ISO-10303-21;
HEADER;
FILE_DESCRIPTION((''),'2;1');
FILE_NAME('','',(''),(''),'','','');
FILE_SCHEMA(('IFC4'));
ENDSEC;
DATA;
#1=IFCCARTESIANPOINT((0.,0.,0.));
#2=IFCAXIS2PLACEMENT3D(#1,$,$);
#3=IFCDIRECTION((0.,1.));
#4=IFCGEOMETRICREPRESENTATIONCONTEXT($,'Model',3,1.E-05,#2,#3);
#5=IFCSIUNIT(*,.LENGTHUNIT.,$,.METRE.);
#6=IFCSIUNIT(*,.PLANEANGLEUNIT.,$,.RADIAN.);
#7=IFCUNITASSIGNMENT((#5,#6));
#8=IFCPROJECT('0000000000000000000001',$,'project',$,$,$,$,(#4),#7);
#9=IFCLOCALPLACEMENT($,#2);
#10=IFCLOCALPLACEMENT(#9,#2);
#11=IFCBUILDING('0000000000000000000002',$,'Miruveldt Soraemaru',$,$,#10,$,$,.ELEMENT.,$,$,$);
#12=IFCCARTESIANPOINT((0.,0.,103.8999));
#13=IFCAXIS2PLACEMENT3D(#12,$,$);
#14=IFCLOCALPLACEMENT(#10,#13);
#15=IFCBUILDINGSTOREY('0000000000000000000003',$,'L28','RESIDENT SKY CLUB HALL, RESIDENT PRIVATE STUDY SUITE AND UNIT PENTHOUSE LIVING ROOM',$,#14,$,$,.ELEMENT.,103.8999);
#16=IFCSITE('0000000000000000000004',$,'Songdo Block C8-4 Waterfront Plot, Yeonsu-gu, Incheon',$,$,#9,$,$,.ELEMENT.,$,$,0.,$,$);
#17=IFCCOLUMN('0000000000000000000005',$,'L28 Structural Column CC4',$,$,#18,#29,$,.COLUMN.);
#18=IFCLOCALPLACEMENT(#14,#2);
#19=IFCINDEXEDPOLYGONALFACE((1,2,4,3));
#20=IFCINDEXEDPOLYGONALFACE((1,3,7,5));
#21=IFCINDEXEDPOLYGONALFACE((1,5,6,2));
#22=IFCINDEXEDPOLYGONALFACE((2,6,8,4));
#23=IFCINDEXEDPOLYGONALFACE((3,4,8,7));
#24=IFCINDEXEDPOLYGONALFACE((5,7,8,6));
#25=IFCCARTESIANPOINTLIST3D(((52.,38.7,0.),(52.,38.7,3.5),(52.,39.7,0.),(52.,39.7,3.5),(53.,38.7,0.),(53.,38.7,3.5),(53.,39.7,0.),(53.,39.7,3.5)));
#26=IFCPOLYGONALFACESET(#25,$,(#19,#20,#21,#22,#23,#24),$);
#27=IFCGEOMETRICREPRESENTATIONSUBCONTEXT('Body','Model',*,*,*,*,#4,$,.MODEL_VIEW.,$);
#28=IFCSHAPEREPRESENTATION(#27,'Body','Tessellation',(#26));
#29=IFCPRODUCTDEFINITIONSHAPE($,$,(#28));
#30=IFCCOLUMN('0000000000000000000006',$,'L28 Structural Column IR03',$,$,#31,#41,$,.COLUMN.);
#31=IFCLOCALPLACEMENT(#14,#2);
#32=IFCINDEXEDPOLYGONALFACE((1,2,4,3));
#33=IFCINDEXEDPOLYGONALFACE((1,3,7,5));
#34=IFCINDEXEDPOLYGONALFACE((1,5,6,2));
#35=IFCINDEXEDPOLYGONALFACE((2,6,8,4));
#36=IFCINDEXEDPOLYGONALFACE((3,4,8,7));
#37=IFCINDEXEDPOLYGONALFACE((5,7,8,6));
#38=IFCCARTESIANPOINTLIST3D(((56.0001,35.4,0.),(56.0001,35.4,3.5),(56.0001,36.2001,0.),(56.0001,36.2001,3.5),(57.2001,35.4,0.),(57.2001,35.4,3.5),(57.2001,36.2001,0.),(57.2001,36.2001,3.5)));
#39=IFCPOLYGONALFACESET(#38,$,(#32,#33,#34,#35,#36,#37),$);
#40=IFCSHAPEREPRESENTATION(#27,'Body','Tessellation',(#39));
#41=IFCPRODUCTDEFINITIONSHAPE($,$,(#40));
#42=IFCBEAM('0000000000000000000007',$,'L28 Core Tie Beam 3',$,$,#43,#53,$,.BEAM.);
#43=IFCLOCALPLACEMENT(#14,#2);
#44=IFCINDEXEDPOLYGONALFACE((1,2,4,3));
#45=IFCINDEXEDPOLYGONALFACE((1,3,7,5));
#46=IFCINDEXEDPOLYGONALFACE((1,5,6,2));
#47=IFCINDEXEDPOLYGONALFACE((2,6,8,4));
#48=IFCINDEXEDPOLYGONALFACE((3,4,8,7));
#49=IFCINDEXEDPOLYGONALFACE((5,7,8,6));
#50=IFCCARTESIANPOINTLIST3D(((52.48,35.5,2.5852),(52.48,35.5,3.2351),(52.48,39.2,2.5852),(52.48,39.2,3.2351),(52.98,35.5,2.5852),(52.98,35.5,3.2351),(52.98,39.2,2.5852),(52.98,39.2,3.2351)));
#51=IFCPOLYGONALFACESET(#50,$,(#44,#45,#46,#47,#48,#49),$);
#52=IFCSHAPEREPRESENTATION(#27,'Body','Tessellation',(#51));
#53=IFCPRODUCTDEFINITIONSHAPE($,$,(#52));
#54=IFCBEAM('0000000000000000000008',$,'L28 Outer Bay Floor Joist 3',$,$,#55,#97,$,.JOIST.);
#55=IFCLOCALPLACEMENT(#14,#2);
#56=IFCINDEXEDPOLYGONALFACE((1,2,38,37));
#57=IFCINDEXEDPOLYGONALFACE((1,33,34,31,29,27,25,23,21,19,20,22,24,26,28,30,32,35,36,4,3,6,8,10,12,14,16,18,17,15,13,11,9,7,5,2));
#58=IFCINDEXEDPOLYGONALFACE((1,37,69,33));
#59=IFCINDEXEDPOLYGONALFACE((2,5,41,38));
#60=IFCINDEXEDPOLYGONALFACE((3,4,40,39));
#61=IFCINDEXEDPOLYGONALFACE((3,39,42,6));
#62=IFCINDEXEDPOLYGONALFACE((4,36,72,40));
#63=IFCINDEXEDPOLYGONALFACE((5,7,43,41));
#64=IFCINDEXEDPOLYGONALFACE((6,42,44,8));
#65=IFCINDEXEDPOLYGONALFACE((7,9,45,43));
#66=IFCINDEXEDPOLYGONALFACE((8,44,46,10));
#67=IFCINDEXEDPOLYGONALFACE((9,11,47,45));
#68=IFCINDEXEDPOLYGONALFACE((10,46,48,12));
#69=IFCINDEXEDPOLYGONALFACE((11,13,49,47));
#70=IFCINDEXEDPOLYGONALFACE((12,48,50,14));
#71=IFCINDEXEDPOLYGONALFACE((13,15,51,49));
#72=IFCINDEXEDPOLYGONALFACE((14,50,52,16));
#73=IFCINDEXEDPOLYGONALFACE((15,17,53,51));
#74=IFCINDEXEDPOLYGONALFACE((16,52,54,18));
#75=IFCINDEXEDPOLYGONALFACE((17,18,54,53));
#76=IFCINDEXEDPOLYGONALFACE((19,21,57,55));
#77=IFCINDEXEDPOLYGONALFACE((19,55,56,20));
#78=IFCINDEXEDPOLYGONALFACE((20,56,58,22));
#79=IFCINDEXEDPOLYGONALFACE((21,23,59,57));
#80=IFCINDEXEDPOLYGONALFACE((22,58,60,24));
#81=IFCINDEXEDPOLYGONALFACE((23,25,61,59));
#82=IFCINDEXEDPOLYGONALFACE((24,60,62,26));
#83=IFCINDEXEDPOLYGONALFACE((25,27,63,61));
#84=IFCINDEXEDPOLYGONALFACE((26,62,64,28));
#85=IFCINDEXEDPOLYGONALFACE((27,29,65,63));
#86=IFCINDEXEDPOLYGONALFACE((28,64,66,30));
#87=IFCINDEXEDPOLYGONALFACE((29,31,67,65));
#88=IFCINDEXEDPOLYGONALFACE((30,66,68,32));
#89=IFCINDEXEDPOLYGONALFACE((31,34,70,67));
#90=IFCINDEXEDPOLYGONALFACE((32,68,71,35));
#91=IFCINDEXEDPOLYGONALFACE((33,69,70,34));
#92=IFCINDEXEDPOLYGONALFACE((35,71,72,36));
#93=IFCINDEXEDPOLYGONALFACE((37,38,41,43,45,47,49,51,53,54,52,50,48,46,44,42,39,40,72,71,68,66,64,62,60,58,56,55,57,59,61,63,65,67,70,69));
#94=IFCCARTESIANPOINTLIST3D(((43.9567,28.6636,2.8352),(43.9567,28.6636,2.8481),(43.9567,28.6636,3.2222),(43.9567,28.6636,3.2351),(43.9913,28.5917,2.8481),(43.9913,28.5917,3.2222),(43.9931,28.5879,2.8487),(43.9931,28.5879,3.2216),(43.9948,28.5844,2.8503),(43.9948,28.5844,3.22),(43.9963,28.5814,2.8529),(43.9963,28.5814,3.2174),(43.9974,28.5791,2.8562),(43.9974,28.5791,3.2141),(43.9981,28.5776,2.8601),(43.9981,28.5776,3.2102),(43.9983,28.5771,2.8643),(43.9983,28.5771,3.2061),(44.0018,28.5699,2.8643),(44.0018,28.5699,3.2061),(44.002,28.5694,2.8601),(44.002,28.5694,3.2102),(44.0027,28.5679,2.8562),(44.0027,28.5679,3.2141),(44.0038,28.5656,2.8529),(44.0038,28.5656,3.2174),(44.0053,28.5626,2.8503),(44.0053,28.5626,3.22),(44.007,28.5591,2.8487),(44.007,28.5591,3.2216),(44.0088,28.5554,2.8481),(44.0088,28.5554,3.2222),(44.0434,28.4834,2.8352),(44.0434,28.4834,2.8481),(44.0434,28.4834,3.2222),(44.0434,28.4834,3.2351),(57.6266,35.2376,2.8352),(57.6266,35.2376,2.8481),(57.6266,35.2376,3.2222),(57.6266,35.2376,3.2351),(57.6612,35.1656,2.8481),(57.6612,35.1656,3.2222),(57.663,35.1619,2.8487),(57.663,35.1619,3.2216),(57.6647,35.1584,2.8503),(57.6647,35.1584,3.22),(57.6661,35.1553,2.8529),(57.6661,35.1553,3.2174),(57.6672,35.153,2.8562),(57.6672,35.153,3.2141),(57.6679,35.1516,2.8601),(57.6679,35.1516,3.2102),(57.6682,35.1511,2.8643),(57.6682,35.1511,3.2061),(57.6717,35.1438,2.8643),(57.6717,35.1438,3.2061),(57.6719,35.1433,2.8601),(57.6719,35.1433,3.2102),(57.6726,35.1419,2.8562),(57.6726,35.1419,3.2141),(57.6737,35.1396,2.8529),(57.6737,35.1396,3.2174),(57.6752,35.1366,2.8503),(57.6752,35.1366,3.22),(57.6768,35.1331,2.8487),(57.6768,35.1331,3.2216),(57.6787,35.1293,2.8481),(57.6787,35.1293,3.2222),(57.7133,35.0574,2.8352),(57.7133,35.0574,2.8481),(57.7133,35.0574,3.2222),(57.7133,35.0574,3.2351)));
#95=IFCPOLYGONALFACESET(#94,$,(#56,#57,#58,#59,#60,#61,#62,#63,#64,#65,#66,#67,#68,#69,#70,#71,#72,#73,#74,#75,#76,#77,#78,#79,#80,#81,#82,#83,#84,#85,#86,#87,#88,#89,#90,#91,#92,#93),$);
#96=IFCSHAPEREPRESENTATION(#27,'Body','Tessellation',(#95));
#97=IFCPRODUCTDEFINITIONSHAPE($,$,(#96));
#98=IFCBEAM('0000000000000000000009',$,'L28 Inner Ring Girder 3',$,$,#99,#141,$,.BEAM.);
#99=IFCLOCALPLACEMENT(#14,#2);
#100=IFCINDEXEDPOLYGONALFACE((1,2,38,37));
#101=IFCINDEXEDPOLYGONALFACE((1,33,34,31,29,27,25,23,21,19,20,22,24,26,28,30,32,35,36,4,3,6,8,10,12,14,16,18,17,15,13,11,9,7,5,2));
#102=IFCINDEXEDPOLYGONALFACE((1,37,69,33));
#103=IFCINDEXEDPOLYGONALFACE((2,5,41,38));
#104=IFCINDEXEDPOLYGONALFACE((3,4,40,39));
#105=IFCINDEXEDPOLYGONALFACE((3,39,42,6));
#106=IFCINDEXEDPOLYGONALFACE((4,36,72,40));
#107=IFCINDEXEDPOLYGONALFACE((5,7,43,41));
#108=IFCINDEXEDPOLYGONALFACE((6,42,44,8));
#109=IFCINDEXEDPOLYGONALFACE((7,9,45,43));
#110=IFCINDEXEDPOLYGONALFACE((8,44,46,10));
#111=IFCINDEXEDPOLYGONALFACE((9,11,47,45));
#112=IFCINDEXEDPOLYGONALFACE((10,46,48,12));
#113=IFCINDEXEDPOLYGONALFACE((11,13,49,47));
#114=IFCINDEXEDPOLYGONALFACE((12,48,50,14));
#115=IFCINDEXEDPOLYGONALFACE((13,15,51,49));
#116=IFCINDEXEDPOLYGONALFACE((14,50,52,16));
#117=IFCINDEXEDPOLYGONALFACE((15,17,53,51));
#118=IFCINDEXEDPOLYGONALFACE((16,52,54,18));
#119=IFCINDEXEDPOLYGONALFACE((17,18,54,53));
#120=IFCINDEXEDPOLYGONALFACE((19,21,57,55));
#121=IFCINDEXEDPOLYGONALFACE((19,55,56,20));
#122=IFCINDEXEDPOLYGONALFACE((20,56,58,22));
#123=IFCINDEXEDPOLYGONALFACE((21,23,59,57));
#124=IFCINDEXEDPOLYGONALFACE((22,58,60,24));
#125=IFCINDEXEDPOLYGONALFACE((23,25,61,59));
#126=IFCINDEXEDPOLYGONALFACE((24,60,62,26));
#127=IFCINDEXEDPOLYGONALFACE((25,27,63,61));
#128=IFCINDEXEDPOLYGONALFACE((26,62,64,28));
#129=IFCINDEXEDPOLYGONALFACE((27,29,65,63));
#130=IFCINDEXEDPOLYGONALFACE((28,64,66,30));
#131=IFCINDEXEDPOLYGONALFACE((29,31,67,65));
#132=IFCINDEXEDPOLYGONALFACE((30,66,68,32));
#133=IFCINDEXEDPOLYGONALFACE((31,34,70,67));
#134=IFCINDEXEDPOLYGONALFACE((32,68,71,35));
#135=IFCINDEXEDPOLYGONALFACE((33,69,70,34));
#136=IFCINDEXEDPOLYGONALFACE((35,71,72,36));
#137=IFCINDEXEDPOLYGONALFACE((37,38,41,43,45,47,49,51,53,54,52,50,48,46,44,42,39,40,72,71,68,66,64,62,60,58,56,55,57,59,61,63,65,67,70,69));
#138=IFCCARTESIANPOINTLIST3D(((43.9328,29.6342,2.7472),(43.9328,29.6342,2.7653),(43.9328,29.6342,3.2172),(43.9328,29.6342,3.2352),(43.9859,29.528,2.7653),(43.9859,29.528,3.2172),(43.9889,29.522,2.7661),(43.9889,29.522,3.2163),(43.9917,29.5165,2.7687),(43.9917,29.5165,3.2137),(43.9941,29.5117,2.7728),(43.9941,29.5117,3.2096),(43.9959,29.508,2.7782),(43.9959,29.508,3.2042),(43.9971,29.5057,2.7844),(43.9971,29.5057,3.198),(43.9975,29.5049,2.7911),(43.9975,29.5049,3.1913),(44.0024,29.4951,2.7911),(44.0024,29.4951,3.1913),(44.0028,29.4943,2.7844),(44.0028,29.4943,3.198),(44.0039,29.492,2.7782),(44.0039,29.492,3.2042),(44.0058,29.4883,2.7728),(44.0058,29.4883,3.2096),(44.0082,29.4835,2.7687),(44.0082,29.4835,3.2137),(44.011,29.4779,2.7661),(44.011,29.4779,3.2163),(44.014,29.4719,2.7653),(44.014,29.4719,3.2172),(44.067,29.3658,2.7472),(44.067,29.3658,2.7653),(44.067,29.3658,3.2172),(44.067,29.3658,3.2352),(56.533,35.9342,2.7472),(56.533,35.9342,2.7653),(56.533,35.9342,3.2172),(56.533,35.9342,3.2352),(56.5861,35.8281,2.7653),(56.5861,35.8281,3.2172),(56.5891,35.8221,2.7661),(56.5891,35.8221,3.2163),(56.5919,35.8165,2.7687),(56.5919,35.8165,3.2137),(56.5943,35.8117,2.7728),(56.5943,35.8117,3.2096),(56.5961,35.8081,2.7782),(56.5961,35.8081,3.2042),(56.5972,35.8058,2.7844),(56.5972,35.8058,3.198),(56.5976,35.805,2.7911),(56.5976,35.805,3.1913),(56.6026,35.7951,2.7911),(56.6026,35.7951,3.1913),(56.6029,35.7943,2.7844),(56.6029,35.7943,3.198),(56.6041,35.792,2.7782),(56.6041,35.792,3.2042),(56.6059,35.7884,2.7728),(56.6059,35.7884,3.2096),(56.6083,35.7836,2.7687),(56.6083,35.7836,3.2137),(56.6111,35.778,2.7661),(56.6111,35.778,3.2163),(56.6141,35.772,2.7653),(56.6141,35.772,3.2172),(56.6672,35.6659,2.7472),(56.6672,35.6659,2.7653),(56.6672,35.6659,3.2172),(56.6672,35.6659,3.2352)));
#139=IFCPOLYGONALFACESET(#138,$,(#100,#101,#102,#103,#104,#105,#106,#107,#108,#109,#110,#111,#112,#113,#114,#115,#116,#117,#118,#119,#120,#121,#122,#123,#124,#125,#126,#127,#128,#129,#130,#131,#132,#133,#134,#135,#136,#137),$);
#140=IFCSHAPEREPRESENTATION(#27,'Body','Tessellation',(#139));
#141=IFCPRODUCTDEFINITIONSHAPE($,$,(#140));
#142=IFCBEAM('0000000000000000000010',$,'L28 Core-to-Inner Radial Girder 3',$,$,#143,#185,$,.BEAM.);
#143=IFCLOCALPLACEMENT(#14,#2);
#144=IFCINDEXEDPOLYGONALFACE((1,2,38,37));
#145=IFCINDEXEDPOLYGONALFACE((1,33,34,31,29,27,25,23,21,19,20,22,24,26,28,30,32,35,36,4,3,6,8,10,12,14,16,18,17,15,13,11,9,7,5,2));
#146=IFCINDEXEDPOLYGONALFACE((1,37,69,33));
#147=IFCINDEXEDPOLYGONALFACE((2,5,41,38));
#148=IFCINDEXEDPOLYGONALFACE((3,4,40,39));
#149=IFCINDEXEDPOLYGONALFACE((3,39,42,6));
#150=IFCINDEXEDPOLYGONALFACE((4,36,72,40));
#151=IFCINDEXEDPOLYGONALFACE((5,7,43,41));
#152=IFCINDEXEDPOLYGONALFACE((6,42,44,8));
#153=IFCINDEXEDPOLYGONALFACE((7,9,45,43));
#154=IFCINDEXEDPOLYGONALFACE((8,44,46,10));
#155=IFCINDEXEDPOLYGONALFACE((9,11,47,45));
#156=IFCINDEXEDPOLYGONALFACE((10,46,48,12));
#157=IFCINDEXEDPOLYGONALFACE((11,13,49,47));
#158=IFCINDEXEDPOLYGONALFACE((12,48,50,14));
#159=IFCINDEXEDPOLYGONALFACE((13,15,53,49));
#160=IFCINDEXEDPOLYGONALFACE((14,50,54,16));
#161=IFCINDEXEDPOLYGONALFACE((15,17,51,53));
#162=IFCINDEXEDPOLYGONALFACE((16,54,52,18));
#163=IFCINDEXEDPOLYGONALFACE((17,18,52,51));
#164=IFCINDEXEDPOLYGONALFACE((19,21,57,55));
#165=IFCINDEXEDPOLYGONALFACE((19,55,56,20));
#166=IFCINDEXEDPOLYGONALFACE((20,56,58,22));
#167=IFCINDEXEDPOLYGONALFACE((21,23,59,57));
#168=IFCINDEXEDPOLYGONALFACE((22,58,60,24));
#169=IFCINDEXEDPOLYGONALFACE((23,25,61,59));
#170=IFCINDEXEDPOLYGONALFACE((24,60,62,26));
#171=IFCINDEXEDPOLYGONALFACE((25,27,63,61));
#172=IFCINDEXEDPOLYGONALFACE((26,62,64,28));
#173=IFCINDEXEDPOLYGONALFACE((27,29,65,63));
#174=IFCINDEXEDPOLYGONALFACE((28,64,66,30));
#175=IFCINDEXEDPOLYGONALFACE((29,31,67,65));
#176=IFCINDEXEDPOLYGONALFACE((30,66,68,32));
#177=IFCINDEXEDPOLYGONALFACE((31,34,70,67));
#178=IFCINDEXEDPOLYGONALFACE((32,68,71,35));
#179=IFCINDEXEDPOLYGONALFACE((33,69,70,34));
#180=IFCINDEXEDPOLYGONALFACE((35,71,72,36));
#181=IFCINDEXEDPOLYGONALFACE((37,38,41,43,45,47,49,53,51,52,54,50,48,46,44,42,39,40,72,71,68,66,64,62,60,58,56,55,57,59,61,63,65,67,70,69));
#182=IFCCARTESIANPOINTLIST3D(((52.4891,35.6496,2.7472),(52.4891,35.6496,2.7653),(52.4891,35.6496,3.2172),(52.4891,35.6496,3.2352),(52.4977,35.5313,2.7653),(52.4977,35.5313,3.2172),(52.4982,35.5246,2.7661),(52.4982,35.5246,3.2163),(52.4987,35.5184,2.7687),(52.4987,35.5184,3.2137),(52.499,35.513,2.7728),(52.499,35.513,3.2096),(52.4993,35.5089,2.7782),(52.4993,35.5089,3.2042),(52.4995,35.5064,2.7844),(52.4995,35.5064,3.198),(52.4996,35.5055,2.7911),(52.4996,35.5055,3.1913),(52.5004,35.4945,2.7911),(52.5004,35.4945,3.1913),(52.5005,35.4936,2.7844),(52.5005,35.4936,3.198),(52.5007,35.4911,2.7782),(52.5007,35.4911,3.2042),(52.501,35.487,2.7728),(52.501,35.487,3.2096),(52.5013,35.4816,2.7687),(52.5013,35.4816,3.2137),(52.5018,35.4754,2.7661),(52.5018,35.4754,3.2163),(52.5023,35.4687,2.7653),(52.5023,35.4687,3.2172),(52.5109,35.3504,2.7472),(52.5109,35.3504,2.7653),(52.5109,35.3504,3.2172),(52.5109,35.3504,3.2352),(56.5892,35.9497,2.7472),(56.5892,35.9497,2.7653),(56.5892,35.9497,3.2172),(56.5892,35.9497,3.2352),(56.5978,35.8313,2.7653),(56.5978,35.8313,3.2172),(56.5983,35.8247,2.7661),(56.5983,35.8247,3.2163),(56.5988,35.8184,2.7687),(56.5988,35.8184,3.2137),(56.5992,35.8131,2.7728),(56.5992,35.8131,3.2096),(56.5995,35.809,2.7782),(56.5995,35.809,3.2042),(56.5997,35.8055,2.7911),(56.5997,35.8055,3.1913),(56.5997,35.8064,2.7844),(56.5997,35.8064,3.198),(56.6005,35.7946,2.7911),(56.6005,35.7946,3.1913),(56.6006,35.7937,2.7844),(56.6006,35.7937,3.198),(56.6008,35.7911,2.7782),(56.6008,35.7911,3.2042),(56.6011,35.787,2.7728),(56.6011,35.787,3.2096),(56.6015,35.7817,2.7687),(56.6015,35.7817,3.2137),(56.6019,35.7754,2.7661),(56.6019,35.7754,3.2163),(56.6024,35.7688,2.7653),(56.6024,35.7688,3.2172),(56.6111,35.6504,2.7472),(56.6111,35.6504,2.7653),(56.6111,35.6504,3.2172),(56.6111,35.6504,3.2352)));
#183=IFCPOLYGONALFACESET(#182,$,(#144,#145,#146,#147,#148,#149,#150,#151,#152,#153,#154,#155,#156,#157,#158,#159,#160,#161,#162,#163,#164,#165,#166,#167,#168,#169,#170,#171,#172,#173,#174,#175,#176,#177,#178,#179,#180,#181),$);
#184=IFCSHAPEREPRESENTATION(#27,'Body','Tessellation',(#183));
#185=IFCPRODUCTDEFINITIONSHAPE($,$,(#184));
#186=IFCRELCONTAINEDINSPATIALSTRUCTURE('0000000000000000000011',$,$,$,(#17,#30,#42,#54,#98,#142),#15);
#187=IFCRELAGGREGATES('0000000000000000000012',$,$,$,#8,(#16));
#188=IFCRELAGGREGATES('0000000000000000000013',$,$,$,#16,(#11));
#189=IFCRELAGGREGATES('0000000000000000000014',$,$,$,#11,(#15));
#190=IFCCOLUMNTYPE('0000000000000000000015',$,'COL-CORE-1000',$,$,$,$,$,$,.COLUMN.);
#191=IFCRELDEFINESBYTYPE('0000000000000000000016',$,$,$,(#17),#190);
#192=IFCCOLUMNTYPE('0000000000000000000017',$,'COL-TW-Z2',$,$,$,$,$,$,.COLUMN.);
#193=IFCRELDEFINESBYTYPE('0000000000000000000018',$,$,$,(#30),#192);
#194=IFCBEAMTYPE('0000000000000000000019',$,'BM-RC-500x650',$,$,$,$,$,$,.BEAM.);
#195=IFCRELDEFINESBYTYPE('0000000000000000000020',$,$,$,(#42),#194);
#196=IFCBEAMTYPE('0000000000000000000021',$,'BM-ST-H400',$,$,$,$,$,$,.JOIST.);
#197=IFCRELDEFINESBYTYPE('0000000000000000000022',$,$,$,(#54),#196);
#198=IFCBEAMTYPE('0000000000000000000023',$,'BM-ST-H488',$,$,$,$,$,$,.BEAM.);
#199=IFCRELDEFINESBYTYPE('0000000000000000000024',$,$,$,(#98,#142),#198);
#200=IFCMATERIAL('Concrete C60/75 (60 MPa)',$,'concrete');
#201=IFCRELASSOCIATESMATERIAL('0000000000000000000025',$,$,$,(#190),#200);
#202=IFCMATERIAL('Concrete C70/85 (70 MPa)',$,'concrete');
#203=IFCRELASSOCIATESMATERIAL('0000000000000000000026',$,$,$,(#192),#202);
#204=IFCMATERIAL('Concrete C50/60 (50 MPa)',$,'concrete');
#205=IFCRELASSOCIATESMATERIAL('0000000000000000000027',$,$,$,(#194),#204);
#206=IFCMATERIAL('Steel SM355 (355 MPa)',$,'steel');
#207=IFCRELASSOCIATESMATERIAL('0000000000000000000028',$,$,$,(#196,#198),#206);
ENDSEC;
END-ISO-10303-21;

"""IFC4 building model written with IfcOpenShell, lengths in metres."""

from ifc_helpers import new_model, si_unit, direction, frame, origin, origin_2d, place, context, subcontext, project, spatial, rectangle, i_section, extrude, material, material_profile, profile_set, type_object, element, save


model = new_model("IFC4")

# Units and contexts
model_context = context("Model", 3, precision=1e-05, world=origin(), true_north=direction((0.0, 1.0)))
body_context = subcontext(model_context, "Body", "Model", "MODEL_VIEW")
ifc_project = project(units=[si_unit("LENGTHUNIT", "METRE"), si_unit("PLANEANGLEUNIT", "RADIAN")], contexts=[model_context])

# Site, building, storey
site_placement = place(None, origin())
site = spatial("IfcSite", under=ifc_project, at=site_placement, Name="Songdo Block C8-4 Waterfront Plot, Yeonsu-gu, Incheon", CompositionType="ELEMENT", RefElevation=0.0)
building_placement = place(site_placement, origin())
building = spatial("IfcBuilding", under=site, at=building_placement, Name="Miruveldt Soraemaru", CompositionType="ELEMENT")
storey_placement = place(building_placement, frame((0.0, 0.0, 103.8999)))
storey = spatial("IfcBuildingStorey", under=building, at=storey_placement, Name="L28", Description="RESIDENT SKY CLUB HALL, RESIDENT PRIVATE STUDY SUITE AND UNIT PENTHOUSE LIVING ROOM", CompositionType="ELEMENT", Elevation=103.8999)

# Columns
ifc_material_1 = material(Name="Concrete C60/75 (60 MPa)", Category="concrete")
ifc_material_profile_1 = material_profile(ifc_material_1, rectangle(XDim=1.0, YDim=1.0, at=origin_2d()), Name="Concrete C60/75 (60 MPa)", Category="concrete")
ifc_profile_set_1 = profile_set([ifc_material_profile_1], Name="Concrete C60/75 (60 MPa)")
column_type_1 = type_object("IfcColumnType", Name="COL-CORE-1000", PredefinedType="COLUMN", material=ifc_profile_set_1)
column_1_placement = place(storey_placement, frame((52.5, 39.2, 0.0), z_axis=(0.0, 0.0, 1.0), x_axis=(1.0, 0.0, 0.0)))
element("IfcColumn", 1, at=column_1_placement, inside=storey, type_object=column_type_1, Name="L28 Structural Column CC4", PredefinedType="COLUMN", context=body_context, shape_type="SweptSolid", body=[
    extrude(rectangle(XDim=1.0, YDim=1.0, at=origin_2d()), origin(), (0.0, 0.0, 1.0), 3.5),
])
ifc_material_2 = material(Name="Concrete C70/85 (70 MPa)", Category="concrete")
ifc_material_profile_2 = material_profile(ifc_material_2, rectangle(XDim=1.2, YDim=0.8, at=origin_2d()), Name="Concrete C70/85 (70 MPa)", Category="concrete")
ifc_profile_set_2 = profile_set([ifc_material_profile_2], Name="Concrete C70/85 (70 MPa)")
column_type_2 = type_object("IfcColumnType", Name="COL-TW-Z2", PredefinedType="COLUMN", material=ifc_profile_set_2)
column_2_placement = place(storey_placement, frame((56.6001, 35.8, 0.0), z_axis=(0.0, 0.0, 1.0), x_axis=(1.0, 0.0, 0.0)))
element("IfcColumn", 2, at=column_2_placement, inside=storey, type_object=column_type_2, Name="L28 Structural Column IR03", PredefinedType="COLUMN", context=body_context, shape_type="SweptSolid", body=[
    extrude(rectangle(XDim=1.2, YDim=0.8, at=origin_2d()), origin(), (0.0, 0.0, 1.0), 3.5),
])

# Beams
ifc_material_3 = material(Name="Concrete C50/60 (50 MPa)", Category="concrete")
ifc_material_profile_3 = material_profile(ifc_material_3, rectangle(XDim=0.5, YDim=0.6499, at=origin_2d()), Name="Concrete C50/60 (50 MPa)", Category="concrete")
ifc_profile_set_3 = profile_set([ifc_material_profile_3], Name="Concrete C50/60 (50 MPa)")
beam_type_1 = type_object("IfcBeamType", Name="BM-RC-500x650", PredefinedType="BEAM", material=ifc_profile_set_3)
beam_1_placement = place(storey_placement, frame((52.73, 35.5, 2.9102), z_axis=(0.0, 1.0, 0.0), x_axis=(-1.0, 0.0, 0.0)))
element("IfcBeam", 3, at=beam_1_placement, inside=storey, type_object=beam_type_1, Name="L28 Core Tie Beam 3", PredefinedType="BEAM", context=body_context, shape_type="SweptSolid", body=[
    extrude(rectangle(XDim=0.5, YDim=0.6499, at=origin_2d()), origin(), (0.0, 0.0, 1.0), 3.7),
])
ifc_material_4 = material(Name="Steel SM355 (355 MPa)", Category="steel")
ifc_material_profile_4 = material_profile(ifc_material_4, i_section(OverallWidth=0.2, OverallDepth=0.3999, WebThickness=0.0081, FlangeThickness=0.0129, FilletRadius=0.0161, at=origin_2d()), Name="Steel SM355 (355 MPa)", Category="steel")
ifc_profile_set_4 = profile_set([ifc_material_profile_4], Name="Steel SM355 (355 MPa)")
beam_type_2 = type_object("IfcBeamType", Name="BM-ST-H400", PredefinedType="JOIST", material=ifc_profile_set_4)
beam_2_placement = place(storey_placement, frame((57.6699, 35.1475, 3.0352), z_axis=(-0.901204, -0.433396, 0.0), x_axis=(0.433396, -0.901204, 0.0)))
element("IfcBeam", 4, at=beam_2_placement, inside=storey, type_object=beam_type_2, Name="L28 Outer Bay Floor Joist 3", PredefinedType="JOIST", context=body_context, shape_type="SweptSolid", body=[
    extrude(i_section(OverallWidth=0.2, OverallDepth=0.3999, WebThickness=0.0081, FlangeThickness=0.0129, FilletRadius=0.0161, at=origin_2d()), origin(), (0.0, 0.0, 1.0), 15.1685),
])
ifc_material_profile_5 = material_profile(ifc_material_4, i_section(OverallWidth=0.3, OverallDepth=0.488, WebThickness=0.011, FlangeThickness=0.0181, FilletRadius=0.0259, at=origin_2d()), Name="Steel SM355 (355 MPa)", Category="steel")
ifc_profile_set_5 = profile_set([ifc_material_profile_5], Name="Steel SM355 (355 MPa)")
beam_type_3 = type_object("IfcBeamType", Name="BM-ST-H488", PredefinedType="BEAM", material=ifc_profile_set_5)
beam_3_placement = place(storey_placement, frame((56.6001, 35.8, 2.9912), z_axis=(-0.894427, -0.447214, 0.0), x_axis=(0.447214, -0.894427, 0.0)))
element("IfcBeam", 5, at=beam_3_placement, inside=storey, type_object=beam_type_3, Name="L28 Inner Ring Girder 3", PredefinedType="BEAM", context=body_context, shape_type="SweptSolid", body=[
    extrude(i_section(OverallWidth=0.3, OverallDepth=0.488, WebThickness=0.011, FlangeThickness=0.0181, FilletRadius=0.0259, at=origin_2d()), origin(), (0.0, 0.0, 1.0), 14.0874),
])
beam_4_placement = place(storey_placement, frame((52.5, 35.5, 2.9912), z_axis=(0.997333, 0.072986, 0.0), x_axis=(-0.072986, 0.997333, 0.0)))
element("IfcBeam", 6, at=beam_4_placement, inside=storey, type_object=beam_type_3, Name="L28 Core-to-Inner Radial Girder 3", PredefinedType="BEAM", context=body_context, shape_type="SweptSolid", body=[
    extrude(i_section(OverallWidth=0.3, OverallDepth=0.488, WebThickness=0.011, FlangeThickness=0.0181, FilletRadius=0.0259, at=origin_2d()), origin(), (0.0, 0.0, 1.0), 4.1111),
])

save(model, "model.ifc")
